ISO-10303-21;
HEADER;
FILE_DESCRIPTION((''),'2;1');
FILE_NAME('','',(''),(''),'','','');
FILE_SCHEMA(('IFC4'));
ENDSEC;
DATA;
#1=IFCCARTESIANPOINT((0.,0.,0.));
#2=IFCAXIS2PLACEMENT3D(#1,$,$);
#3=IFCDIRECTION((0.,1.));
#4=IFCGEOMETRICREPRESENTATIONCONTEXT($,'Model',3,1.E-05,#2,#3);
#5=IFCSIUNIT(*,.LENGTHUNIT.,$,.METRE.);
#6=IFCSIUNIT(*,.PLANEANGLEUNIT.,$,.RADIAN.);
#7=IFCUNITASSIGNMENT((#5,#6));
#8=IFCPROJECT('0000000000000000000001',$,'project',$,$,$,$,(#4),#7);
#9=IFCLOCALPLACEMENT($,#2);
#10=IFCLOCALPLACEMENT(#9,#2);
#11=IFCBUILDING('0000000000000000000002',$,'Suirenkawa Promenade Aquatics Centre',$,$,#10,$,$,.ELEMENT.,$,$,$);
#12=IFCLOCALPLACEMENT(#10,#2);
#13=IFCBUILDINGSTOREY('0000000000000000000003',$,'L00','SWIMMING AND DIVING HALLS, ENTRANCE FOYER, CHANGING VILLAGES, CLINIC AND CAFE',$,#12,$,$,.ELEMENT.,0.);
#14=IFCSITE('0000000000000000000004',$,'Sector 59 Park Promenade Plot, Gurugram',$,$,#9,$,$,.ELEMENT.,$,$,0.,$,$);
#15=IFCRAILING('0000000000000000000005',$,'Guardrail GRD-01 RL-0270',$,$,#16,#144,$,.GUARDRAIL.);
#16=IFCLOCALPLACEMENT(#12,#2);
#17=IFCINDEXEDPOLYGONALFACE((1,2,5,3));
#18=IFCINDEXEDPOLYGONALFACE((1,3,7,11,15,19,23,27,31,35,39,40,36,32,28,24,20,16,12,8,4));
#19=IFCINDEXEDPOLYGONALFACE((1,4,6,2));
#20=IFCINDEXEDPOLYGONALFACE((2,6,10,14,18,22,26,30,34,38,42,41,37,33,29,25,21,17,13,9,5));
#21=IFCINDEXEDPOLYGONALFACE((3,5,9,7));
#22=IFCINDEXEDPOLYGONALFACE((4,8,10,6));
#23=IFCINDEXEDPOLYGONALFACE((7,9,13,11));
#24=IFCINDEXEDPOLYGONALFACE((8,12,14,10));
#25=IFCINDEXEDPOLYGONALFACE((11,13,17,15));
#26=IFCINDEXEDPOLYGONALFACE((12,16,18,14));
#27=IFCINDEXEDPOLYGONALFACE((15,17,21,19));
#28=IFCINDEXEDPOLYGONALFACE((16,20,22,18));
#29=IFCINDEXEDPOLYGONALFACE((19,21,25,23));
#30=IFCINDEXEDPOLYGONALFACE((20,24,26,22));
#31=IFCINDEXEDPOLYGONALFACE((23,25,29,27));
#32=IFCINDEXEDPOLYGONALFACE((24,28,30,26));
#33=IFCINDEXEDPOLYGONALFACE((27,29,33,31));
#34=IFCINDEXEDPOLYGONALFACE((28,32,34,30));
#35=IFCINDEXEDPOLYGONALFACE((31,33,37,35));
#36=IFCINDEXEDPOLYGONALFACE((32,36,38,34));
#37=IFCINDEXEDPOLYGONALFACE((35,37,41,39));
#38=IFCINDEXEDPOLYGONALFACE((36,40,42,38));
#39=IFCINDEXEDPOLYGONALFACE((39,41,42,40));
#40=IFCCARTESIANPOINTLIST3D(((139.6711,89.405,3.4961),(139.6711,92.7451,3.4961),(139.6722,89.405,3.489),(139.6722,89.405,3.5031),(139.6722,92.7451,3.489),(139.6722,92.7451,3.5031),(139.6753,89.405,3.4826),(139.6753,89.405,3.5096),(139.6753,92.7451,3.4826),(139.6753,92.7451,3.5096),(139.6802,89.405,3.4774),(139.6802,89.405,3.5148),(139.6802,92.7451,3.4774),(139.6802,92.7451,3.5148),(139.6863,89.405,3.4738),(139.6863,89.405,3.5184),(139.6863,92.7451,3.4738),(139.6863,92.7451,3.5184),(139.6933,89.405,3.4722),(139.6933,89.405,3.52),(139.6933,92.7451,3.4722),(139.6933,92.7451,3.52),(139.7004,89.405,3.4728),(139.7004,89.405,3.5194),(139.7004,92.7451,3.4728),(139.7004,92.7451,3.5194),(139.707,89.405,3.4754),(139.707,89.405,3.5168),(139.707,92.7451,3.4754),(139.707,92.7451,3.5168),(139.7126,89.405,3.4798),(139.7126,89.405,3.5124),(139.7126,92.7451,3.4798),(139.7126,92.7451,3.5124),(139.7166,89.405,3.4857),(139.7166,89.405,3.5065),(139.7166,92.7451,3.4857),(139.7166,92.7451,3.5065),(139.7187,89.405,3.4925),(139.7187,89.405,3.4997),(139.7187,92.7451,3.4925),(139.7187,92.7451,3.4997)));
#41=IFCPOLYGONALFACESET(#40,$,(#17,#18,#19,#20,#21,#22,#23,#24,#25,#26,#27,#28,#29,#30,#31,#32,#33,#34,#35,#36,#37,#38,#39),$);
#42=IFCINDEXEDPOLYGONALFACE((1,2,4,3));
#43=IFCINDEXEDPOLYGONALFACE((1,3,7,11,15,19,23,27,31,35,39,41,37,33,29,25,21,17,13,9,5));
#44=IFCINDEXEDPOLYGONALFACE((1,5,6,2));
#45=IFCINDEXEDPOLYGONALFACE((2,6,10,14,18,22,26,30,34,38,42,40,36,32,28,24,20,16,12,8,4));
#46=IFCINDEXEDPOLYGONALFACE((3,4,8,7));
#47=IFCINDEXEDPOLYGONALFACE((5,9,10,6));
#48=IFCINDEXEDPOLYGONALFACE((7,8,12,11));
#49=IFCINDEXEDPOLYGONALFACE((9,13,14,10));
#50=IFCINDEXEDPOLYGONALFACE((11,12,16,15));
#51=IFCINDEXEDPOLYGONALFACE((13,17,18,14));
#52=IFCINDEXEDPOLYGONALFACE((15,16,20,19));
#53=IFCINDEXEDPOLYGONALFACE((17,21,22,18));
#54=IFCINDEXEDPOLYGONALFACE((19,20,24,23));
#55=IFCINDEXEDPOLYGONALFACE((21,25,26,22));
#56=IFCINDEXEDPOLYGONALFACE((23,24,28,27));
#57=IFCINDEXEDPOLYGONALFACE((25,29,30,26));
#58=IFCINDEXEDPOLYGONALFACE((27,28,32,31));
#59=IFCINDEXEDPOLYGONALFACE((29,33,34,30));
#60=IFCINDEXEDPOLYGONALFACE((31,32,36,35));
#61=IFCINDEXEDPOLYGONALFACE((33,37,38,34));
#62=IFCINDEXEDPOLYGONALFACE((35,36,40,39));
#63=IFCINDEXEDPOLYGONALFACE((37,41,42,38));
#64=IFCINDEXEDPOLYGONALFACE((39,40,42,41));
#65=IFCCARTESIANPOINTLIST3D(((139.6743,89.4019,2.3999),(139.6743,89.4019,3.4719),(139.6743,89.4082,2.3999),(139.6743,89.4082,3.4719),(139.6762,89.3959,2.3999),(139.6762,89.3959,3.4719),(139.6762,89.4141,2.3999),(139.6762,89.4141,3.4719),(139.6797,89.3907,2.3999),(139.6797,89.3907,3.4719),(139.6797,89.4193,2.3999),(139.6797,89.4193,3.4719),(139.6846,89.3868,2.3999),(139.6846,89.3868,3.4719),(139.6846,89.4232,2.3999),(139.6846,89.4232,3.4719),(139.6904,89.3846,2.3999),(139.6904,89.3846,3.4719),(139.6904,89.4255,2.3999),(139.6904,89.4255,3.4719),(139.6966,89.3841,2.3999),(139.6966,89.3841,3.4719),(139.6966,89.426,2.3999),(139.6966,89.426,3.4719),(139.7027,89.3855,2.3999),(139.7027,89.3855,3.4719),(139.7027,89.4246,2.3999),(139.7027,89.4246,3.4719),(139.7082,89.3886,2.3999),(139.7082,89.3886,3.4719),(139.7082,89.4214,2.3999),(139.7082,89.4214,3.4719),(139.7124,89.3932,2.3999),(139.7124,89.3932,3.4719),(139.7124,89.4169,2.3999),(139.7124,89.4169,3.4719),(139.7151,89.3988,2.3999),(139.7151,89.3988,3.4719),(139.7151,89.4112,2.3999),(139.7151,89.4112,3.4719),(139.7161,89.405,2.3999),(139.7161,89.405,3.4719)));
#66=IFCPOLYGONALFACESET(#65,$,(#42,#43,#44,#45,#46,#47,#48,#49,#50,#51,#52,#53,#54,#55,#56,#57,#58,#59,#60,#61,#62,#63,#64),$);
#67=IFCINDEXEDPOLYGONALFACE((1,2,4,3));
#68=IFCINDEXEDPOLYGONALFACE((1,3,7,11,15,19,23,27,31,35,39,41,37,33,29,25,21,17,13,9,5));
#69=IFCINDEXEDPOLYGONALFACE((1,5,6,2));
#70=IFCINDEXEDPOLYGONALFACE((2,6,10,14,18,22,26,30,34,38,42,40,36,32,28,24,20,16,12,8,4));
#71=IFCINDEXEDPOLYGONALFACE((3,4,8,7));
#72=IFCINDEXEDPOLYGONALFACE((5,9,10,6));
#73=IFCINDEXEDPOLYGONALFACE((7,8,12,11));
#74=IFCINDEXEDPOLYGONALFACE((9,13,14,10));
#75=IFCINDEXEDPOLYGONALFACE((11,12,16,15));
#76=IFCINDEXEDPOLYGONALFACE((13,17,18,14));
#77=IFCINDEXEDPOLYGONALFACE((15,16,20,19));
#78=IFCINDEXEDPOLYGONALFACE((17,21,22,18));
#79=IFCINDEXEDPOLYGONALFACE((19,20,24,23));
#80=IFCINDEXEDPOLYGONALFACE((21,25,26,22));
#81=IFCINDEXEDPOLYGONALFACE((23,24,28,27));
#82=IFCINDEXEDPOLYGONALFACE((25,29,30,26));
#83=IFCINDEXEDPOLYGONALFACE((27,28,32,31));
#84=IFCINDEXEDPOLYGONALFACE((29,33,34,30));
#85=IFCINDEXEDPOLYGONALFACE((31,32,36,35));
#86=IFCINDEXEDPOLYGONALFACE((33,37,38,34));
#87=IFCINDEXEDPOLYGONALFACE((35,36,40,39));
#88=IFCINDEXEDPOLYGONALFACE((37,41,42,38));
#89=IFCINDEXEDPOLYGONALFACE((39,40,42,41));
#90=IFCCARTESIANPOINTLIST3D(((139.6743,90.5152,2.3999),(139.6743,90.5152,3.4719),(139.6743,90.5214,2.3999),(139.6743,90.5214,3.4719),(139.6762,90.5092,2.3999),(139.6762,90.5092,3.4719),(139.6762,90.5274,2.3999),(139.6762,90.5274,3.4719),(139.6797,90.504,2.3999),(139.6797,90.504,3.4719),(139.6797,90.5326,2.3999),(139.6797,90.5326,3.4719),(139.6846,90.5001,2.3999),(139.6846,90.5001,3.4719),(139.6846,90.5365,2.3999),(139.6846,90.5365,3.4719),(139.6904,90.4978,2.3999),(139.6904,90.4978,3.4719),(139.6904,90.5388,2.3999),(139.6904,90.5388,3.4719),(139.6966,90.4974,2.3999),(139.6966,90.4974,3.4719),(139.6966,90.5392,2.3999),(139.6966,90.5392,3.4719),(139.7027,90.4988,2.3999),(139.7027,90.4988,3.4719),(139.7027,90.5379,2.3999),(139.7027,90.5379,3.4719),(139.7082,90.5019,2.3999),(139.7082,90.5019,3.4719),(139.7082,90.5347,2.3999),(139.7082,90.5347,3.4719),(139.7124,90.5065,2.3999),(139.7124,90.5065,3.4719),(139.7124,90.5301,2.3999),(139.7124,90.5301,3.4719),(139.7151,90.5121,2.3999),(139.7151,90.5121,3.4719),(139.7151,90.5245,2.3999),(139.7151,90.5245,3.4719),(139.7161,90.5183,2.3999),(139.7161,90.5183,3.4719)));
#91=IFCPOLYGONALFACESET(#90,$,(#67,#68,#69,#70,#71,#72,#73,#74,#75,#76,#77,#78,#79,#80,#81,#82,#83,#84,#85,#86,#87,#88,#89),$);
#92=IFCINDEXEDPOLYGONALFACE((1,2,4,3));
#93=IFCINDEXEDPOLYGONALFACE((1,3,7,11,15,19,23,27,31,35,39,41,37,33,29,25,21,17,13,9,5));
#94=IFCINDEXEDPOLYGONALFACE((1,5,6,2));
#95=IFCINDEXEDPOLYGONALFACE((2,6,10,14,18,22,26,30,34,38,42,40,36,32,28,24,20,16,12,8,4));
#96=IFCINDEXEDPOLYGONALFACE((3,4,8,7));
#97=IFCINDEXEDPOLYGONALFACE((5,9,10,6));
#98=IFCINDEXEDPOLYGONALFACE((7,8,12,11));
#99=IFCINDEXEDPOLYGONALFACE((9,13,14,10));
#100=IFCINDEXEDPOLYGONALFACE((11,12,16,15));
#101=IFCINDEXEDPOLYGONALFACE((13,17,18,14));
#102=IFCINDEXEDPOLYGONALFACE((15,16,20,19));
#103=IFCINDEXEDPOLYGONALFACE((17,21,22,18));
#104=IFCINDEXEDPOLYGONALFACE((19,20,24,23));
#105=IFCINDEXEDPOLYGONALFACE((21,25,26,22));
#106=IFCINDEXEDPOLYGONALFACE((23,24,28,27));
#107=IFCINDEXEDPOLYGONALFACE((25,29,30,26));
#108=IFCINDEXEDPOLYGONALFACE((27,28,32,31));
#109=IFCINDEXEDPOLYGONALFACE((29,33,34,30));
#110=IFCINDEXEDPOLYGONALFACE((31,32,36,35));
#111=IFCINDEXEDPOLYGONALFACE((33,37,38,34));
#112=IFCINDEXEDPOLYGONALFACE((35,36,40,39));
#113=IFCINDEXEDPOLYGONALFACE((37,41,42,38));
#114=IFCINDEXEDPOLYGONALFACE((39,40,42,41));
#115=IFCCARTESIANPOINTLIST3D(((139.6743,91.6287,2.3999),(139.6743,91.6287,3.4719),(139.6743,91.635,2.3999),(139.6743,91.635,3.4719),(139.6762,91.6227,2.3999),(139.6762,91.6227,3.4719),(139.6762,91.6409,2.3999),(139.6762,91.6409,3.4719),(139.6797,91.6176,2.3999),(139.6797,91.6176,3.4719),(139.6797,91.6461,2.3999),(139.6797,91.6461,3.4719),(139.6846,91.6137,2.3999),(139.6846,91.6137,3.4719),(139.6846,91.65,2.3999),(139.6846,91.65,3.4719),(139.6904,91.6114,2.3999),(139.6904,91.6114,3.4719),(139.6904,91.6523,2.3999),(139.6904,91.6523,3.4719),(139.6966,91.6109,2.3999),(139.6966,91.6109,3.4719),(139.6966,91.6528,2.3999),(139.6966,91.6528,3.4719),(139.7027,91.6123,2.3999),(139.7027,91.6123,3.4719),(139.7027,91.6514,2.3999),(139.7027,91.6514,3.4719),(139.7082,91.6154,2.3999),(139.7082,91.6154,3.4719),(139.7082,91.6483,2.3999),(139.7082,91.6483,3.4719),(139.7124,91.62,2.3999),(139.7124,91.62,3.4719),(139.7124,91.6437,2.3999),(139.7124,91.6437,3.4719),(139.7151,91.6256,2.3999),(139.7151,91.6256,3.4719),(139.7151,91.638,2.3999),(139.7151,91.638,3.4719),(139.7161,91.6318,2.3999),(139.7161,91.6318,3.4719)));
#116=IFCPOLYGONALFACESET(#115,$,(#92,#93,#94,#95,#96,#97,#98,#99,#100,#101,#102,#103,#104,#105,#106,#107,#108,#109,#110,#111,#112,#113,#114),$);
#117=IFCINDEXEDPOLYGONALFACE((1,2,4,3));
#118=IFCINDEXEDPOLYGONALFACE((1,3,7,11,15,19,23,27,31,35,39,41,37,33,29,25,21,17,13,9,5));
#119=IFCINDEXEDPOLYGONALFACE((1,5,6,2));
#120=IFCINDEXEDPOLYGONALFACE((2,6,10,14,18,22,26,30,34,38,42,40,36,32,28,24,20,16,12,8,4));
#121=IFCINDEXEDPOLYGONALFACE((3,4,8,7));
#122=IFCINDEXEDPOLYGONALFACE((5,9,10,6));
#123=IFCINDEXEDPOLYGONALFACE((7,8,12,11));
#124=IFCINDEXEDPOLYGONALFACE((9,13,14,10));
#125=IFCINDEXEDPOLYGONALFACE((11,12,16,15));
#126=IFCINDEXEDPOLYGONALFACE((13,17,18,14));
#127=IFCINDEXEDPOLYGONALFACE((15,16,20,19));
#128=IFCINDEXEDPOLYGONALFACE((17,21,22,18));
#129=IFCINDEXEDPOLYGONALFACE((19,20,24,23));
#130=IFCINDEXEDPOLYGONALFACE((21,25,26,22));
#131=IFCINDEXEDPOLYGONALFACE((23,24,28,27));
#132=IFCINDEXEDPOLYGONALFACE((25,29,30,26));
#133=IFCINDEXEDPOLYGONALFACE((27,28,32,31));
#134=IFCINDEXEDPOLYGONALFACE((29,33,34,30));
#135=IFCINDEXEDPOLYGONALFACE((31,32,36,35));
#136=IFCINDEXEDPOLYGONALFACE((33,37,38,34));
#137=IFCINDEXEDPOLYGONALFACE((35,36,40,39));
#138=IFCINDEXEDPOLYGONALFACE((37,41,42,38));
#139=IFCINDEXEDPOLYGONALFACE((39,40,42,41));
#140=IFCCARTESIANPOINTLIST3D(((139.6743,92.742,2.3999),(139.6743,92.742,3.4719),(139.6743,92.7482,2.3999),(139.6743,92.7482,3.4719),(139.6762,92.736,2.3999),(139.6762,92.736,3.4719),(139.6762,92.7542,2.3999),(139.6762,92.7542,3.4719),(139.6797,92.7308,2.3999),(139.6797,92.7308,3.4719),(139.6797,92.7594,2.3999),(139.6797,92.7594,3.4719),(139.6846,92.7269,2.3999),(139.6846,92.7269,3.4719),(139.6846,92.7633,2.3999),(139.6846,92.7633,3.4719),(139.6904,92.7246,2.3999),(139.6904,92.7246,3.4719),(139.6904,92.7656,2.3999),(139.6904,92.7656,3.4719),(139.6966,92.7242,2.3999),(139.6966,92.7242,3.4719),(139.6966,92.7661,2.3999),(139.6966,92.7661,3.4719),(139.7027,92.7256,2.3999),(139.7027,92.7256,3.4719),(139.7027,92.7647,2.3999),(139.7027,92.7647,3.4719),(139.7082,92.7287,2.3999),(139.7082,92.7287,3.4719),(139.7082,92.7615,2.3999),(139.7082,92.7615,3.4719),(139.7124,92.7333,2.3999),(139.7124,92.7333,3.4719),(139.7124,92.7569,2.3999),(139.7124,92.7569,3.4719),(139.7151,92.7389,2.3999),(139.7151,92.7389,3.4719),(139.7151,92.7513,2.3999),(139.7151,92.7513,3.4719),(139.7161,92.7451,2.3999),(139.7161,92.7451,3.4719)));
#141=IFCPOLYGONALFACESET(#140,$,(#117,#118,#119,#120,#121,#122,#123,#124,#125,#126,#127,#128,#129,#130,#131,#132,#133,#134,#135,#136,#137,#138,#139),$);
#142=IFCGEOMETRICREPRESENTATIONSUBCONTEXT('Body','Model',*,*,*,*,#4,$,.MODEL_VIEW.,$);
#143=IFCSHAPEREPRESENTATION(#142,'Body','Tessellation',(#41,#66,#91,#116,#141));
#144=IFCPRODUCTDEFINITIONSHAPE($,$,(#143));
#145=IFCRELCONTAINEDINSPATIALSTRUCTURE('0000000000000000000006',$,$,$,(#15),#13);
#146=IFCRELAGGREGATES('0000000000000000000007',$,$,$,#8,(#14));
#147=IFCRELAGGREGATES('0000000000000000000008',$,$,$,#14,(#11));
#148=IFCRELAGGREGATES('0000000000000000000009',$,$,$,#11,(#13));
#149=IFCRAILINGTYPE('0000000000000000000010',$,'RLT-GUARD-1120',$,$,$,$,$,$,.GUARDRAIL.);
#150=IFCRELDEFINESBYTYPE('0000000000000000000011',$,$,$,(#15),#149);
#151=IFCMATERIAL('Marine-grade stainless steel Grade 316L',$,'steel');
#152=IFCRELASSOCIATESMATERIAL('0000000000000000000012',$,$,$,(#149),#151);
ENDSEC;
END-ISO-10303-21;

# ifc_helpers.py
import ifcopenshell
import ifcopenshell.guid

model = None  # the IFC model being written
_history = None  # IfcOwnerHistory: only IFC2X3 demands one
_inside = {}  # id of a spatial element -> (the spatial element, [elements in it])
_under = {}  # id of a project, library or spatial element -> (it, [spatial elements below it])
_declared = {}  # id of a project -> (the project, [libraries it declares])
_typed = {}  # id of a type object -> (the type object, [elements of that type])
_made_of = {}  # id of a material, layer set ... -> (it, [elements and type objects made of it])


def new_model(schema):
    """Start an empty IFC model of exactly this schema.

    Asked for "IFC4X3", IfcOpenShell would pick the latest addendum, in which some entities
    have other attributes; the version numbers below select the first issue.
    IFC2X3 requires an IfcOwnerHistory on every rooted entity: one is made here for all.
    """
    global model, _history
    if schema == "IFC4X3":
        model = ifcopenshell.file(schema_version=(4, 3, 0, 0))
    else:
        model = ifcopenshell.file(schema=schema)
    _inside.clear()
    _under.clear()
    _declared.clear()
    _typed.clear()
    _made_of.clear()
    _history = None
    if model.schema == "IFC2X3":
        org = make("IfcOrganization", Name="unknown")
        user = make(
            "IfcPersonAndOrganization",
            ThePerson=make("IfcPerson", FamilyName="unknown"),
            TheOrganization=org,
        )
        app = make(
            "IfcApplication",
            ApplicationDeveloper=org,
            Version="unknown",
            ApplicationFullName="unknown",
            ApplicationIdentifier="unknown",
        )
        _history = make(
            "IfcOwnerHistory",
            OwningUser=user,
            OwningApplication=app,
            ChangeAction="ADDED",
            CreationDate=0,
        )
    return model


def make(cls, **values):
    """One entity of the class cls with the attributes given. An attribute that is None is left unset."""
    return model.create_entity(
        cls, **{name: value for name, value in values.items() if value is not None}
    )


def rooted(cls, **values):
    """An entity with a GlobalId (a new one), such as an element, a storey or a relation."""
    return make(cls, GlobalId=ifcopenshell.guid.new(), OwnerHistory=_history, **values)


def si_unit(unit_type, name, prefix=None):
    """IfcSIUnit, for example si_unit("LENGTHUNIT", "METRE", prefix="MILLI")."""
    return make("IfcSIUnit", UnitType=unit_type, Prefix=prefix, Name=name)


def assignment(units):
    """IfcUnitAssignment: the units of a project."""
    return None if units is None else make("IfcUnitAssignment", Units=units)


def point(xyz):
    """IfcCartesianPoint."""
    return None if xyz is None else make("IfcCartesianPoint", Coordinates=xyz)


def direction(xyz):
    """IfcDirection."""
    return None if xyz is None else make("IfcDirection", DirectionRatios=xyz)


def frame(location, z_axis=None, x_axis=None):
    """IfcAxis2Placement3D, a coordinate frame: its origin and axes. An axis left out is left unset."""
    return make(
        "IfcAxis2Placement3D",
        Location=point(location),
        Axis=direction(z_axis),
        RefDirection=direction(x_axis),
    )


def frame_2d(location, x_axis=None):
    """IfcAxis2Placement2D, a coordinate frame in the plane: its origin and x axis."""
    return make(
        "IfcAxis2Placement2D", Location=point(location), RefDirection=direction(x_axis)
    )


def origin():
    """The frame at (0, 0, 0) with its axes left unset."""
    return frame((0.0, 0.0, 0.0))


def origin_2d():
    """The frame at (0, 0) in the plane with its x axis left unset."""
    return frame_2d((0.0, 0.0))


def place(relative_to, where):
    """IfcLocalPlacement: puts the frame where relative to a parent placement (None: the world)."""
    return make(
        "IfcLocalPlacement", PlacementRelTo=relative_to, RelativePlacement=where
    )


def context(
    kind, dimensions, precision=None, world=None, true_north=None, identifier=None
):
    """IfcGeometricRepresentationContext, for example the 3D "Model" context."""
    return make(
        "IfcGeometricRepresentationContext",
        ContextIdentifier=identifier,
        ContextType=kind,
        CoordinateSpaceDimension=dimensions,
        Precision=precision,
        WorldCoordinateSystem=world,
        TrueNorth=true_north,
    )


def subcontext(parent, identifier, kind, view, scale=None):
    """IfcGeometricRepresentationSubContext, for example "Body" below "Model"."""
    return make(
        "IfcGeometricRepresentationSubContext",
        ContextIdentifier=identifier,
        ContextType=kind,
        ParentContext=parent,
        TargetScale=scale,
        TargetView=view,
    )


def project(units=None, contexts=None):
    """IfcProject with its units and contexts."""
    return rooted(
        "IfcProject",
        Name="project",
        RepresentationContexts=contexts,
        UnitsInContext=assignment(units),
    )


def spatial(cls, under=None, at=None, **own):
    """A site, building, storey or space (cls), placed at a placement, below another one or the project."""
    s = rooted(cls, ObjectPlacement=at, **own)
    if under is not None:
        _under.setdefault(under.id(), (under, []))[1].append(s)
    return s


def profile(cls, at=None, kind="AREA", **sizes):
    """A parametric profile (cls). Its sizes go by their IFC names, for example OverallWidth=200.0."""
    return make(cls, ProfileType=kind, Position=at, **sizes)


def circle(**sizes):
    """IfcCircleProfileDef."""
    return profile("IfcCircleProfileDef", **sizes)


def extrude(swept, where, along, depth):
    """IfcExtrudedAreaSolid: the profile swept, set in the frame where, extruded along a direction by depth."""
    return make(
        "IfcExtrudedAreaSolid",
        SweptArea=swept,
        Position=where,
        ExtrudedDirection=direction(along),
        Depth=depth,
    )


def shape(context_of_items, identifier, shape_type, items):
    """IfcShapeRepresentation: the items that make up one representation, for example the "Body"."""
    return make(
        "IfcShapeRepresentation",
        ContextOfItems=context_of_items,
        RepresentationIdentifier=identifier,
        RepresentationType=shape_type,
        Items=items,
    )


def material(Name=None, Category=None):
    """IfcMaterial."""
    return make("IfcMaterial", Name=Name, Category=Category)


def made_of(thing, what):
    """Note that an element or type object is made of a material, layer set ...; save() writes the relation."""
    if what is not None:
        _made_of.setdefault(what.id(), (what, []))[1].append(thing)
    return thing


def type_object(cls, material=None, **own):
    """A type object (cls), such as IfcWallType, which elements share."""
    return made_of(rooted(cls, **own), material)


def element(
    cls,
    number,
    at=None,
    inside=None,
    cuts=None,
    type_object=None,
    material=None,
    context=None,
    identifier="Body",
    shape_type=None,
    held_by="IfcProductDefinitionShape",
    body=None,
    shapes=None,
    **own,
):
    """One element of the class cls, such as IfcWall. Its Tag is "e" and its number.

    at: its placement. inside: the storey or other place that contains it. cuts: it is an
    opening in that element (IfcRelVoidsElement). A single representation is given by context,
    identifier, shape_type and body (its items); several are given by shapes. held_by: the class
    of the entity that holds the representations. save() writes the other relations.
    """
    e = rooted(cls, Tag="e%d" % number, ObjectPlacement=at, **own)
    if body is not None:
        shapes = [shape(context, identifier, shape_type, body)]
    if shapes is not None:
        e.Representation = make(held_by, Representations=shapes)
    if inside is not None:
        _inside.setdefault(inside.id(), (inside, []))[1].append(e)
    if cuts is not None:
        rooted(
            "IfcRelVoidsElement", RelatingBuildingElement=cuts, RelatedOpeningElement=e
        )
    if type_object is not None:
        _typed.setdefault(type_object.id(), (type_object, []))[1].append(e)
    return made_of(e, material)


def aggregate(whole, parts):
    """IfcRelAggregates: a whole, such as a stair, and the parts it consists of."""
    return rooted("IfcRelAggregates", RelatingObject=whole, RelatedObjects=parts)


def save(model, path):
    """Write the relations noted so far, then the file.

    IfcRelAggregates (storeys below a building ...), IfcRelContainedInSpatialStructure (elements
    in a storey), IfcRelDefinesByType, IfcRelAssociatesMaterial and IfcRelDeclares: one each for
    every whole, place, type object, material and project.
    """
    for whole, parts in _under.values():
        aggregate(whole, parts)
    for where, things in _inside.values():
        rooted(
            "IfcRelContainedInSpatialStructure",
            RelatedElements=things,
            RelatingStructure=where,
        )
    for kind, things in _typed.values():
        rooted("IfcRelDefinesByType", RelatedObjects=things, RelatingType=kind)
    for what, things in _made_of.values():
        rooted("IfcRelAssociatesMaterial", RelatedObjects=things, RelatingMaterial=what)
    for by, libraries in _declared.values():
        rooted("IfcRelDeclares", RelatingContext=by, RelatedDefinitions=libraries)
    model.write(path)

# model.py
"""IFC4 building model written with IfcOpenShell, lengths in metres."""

from ifc_helpers import new_model, si_unit, direction, frame, origin, origin_2d, place, context, subcontext, project, spatial, circle, extrude, material, type_object, element, save


model = new_model("IFC4")

# Units and contexts
model_context = context("Model", 3, precision=1e-05, world=origin(), true_north=direction((0.0, 1.0)))
body_context = subcontext(model_context, "Body", "Model", "MODEL_VIEW")
ifc_project = project(units=[si_unit("LENGTHUNIT", "METRE"), si_unit("PLANEANGLEUNIT", "RADIAN")], contexts=[model_context])

# Site, building, storey
site_placement = place(None, origin())
site = spatial("IfcSite", under=ifc_project, at=site_placement, Name="Sector 59 Park Promenade Plot, Gurugram", CompositionType="ELEMENT", RefElevation=0.0)
building_placement = place(site_placement, origin())
building = spatial("IfcBuilding", under=site, at=building_placement, Name="Suirenkawa Promenade Aquatics Centre", CompositionType="ELEMENT")
storey_placement = place(building_placement, origin())
storey = spatial("IfcBuildingStorey", under=building, at=storey_placement, Name="L00", Description="SWIMMING AND DIVING HALLS, ENTRANCE FOYER, CHANGING VILLAGES, CLINIC AND CAFE", CompositionType="ELEMENT", Elevation=0.0)

# Railing
ifc_material_1 = material(Name="Marine-grade stainless steel Grade 316L", Category="steel")
railing_type_1 = type_object("IfcRailingType", Name="RLT-GUARD-1120", PredefinedType="GUARDRAIL", material=ifc_material_1)
for number, where, name in (
    (1, (139.6951, 89.405, 2.3999), "Guardrail GRD-01 RL-0270"),
):
    element("IfcRailing", number, at=place(storey_placement, frame(where)), inside=storey, type_object=railing_type_1, Name=name, PredefinedType="GUARDRAIL", context=body_context, shape_type="SweptSolid", body=[
        extrude(circle(Radius=0.0239, at=origin_2d()), frame((0.0, 0.0, 1.0962), z_axis=(0.0, 1.0, 0.0), x_axis=(-1.0, 0.0, 0.0)), (0.0, 0.0, 1.0), 3.3401),
        extrude(circle(Radius=0.021, at=origin_2d()), origin(), (0.0, 0.0, 1.0), 1.072),
        extrude(circle(Radius=0.021, at=origin_2d()), frame((0.0, 1.1133, 0.0)), (0.0, 0.0, 1.0), 1.072),
        extrude(circle(Radius=0.021, at=origin_2d()), frame((0.0, 2.2268, 0.0)), (0.0, 0.0, 1.0), 1.072),
        extrude(circle(Radius=0.021, at=origin_2d()), frame((0.0, 3.3401, 0.0)), (0.0, 0.0, 1.0), 1.072),
    ])

save(model, "model.ifc")
